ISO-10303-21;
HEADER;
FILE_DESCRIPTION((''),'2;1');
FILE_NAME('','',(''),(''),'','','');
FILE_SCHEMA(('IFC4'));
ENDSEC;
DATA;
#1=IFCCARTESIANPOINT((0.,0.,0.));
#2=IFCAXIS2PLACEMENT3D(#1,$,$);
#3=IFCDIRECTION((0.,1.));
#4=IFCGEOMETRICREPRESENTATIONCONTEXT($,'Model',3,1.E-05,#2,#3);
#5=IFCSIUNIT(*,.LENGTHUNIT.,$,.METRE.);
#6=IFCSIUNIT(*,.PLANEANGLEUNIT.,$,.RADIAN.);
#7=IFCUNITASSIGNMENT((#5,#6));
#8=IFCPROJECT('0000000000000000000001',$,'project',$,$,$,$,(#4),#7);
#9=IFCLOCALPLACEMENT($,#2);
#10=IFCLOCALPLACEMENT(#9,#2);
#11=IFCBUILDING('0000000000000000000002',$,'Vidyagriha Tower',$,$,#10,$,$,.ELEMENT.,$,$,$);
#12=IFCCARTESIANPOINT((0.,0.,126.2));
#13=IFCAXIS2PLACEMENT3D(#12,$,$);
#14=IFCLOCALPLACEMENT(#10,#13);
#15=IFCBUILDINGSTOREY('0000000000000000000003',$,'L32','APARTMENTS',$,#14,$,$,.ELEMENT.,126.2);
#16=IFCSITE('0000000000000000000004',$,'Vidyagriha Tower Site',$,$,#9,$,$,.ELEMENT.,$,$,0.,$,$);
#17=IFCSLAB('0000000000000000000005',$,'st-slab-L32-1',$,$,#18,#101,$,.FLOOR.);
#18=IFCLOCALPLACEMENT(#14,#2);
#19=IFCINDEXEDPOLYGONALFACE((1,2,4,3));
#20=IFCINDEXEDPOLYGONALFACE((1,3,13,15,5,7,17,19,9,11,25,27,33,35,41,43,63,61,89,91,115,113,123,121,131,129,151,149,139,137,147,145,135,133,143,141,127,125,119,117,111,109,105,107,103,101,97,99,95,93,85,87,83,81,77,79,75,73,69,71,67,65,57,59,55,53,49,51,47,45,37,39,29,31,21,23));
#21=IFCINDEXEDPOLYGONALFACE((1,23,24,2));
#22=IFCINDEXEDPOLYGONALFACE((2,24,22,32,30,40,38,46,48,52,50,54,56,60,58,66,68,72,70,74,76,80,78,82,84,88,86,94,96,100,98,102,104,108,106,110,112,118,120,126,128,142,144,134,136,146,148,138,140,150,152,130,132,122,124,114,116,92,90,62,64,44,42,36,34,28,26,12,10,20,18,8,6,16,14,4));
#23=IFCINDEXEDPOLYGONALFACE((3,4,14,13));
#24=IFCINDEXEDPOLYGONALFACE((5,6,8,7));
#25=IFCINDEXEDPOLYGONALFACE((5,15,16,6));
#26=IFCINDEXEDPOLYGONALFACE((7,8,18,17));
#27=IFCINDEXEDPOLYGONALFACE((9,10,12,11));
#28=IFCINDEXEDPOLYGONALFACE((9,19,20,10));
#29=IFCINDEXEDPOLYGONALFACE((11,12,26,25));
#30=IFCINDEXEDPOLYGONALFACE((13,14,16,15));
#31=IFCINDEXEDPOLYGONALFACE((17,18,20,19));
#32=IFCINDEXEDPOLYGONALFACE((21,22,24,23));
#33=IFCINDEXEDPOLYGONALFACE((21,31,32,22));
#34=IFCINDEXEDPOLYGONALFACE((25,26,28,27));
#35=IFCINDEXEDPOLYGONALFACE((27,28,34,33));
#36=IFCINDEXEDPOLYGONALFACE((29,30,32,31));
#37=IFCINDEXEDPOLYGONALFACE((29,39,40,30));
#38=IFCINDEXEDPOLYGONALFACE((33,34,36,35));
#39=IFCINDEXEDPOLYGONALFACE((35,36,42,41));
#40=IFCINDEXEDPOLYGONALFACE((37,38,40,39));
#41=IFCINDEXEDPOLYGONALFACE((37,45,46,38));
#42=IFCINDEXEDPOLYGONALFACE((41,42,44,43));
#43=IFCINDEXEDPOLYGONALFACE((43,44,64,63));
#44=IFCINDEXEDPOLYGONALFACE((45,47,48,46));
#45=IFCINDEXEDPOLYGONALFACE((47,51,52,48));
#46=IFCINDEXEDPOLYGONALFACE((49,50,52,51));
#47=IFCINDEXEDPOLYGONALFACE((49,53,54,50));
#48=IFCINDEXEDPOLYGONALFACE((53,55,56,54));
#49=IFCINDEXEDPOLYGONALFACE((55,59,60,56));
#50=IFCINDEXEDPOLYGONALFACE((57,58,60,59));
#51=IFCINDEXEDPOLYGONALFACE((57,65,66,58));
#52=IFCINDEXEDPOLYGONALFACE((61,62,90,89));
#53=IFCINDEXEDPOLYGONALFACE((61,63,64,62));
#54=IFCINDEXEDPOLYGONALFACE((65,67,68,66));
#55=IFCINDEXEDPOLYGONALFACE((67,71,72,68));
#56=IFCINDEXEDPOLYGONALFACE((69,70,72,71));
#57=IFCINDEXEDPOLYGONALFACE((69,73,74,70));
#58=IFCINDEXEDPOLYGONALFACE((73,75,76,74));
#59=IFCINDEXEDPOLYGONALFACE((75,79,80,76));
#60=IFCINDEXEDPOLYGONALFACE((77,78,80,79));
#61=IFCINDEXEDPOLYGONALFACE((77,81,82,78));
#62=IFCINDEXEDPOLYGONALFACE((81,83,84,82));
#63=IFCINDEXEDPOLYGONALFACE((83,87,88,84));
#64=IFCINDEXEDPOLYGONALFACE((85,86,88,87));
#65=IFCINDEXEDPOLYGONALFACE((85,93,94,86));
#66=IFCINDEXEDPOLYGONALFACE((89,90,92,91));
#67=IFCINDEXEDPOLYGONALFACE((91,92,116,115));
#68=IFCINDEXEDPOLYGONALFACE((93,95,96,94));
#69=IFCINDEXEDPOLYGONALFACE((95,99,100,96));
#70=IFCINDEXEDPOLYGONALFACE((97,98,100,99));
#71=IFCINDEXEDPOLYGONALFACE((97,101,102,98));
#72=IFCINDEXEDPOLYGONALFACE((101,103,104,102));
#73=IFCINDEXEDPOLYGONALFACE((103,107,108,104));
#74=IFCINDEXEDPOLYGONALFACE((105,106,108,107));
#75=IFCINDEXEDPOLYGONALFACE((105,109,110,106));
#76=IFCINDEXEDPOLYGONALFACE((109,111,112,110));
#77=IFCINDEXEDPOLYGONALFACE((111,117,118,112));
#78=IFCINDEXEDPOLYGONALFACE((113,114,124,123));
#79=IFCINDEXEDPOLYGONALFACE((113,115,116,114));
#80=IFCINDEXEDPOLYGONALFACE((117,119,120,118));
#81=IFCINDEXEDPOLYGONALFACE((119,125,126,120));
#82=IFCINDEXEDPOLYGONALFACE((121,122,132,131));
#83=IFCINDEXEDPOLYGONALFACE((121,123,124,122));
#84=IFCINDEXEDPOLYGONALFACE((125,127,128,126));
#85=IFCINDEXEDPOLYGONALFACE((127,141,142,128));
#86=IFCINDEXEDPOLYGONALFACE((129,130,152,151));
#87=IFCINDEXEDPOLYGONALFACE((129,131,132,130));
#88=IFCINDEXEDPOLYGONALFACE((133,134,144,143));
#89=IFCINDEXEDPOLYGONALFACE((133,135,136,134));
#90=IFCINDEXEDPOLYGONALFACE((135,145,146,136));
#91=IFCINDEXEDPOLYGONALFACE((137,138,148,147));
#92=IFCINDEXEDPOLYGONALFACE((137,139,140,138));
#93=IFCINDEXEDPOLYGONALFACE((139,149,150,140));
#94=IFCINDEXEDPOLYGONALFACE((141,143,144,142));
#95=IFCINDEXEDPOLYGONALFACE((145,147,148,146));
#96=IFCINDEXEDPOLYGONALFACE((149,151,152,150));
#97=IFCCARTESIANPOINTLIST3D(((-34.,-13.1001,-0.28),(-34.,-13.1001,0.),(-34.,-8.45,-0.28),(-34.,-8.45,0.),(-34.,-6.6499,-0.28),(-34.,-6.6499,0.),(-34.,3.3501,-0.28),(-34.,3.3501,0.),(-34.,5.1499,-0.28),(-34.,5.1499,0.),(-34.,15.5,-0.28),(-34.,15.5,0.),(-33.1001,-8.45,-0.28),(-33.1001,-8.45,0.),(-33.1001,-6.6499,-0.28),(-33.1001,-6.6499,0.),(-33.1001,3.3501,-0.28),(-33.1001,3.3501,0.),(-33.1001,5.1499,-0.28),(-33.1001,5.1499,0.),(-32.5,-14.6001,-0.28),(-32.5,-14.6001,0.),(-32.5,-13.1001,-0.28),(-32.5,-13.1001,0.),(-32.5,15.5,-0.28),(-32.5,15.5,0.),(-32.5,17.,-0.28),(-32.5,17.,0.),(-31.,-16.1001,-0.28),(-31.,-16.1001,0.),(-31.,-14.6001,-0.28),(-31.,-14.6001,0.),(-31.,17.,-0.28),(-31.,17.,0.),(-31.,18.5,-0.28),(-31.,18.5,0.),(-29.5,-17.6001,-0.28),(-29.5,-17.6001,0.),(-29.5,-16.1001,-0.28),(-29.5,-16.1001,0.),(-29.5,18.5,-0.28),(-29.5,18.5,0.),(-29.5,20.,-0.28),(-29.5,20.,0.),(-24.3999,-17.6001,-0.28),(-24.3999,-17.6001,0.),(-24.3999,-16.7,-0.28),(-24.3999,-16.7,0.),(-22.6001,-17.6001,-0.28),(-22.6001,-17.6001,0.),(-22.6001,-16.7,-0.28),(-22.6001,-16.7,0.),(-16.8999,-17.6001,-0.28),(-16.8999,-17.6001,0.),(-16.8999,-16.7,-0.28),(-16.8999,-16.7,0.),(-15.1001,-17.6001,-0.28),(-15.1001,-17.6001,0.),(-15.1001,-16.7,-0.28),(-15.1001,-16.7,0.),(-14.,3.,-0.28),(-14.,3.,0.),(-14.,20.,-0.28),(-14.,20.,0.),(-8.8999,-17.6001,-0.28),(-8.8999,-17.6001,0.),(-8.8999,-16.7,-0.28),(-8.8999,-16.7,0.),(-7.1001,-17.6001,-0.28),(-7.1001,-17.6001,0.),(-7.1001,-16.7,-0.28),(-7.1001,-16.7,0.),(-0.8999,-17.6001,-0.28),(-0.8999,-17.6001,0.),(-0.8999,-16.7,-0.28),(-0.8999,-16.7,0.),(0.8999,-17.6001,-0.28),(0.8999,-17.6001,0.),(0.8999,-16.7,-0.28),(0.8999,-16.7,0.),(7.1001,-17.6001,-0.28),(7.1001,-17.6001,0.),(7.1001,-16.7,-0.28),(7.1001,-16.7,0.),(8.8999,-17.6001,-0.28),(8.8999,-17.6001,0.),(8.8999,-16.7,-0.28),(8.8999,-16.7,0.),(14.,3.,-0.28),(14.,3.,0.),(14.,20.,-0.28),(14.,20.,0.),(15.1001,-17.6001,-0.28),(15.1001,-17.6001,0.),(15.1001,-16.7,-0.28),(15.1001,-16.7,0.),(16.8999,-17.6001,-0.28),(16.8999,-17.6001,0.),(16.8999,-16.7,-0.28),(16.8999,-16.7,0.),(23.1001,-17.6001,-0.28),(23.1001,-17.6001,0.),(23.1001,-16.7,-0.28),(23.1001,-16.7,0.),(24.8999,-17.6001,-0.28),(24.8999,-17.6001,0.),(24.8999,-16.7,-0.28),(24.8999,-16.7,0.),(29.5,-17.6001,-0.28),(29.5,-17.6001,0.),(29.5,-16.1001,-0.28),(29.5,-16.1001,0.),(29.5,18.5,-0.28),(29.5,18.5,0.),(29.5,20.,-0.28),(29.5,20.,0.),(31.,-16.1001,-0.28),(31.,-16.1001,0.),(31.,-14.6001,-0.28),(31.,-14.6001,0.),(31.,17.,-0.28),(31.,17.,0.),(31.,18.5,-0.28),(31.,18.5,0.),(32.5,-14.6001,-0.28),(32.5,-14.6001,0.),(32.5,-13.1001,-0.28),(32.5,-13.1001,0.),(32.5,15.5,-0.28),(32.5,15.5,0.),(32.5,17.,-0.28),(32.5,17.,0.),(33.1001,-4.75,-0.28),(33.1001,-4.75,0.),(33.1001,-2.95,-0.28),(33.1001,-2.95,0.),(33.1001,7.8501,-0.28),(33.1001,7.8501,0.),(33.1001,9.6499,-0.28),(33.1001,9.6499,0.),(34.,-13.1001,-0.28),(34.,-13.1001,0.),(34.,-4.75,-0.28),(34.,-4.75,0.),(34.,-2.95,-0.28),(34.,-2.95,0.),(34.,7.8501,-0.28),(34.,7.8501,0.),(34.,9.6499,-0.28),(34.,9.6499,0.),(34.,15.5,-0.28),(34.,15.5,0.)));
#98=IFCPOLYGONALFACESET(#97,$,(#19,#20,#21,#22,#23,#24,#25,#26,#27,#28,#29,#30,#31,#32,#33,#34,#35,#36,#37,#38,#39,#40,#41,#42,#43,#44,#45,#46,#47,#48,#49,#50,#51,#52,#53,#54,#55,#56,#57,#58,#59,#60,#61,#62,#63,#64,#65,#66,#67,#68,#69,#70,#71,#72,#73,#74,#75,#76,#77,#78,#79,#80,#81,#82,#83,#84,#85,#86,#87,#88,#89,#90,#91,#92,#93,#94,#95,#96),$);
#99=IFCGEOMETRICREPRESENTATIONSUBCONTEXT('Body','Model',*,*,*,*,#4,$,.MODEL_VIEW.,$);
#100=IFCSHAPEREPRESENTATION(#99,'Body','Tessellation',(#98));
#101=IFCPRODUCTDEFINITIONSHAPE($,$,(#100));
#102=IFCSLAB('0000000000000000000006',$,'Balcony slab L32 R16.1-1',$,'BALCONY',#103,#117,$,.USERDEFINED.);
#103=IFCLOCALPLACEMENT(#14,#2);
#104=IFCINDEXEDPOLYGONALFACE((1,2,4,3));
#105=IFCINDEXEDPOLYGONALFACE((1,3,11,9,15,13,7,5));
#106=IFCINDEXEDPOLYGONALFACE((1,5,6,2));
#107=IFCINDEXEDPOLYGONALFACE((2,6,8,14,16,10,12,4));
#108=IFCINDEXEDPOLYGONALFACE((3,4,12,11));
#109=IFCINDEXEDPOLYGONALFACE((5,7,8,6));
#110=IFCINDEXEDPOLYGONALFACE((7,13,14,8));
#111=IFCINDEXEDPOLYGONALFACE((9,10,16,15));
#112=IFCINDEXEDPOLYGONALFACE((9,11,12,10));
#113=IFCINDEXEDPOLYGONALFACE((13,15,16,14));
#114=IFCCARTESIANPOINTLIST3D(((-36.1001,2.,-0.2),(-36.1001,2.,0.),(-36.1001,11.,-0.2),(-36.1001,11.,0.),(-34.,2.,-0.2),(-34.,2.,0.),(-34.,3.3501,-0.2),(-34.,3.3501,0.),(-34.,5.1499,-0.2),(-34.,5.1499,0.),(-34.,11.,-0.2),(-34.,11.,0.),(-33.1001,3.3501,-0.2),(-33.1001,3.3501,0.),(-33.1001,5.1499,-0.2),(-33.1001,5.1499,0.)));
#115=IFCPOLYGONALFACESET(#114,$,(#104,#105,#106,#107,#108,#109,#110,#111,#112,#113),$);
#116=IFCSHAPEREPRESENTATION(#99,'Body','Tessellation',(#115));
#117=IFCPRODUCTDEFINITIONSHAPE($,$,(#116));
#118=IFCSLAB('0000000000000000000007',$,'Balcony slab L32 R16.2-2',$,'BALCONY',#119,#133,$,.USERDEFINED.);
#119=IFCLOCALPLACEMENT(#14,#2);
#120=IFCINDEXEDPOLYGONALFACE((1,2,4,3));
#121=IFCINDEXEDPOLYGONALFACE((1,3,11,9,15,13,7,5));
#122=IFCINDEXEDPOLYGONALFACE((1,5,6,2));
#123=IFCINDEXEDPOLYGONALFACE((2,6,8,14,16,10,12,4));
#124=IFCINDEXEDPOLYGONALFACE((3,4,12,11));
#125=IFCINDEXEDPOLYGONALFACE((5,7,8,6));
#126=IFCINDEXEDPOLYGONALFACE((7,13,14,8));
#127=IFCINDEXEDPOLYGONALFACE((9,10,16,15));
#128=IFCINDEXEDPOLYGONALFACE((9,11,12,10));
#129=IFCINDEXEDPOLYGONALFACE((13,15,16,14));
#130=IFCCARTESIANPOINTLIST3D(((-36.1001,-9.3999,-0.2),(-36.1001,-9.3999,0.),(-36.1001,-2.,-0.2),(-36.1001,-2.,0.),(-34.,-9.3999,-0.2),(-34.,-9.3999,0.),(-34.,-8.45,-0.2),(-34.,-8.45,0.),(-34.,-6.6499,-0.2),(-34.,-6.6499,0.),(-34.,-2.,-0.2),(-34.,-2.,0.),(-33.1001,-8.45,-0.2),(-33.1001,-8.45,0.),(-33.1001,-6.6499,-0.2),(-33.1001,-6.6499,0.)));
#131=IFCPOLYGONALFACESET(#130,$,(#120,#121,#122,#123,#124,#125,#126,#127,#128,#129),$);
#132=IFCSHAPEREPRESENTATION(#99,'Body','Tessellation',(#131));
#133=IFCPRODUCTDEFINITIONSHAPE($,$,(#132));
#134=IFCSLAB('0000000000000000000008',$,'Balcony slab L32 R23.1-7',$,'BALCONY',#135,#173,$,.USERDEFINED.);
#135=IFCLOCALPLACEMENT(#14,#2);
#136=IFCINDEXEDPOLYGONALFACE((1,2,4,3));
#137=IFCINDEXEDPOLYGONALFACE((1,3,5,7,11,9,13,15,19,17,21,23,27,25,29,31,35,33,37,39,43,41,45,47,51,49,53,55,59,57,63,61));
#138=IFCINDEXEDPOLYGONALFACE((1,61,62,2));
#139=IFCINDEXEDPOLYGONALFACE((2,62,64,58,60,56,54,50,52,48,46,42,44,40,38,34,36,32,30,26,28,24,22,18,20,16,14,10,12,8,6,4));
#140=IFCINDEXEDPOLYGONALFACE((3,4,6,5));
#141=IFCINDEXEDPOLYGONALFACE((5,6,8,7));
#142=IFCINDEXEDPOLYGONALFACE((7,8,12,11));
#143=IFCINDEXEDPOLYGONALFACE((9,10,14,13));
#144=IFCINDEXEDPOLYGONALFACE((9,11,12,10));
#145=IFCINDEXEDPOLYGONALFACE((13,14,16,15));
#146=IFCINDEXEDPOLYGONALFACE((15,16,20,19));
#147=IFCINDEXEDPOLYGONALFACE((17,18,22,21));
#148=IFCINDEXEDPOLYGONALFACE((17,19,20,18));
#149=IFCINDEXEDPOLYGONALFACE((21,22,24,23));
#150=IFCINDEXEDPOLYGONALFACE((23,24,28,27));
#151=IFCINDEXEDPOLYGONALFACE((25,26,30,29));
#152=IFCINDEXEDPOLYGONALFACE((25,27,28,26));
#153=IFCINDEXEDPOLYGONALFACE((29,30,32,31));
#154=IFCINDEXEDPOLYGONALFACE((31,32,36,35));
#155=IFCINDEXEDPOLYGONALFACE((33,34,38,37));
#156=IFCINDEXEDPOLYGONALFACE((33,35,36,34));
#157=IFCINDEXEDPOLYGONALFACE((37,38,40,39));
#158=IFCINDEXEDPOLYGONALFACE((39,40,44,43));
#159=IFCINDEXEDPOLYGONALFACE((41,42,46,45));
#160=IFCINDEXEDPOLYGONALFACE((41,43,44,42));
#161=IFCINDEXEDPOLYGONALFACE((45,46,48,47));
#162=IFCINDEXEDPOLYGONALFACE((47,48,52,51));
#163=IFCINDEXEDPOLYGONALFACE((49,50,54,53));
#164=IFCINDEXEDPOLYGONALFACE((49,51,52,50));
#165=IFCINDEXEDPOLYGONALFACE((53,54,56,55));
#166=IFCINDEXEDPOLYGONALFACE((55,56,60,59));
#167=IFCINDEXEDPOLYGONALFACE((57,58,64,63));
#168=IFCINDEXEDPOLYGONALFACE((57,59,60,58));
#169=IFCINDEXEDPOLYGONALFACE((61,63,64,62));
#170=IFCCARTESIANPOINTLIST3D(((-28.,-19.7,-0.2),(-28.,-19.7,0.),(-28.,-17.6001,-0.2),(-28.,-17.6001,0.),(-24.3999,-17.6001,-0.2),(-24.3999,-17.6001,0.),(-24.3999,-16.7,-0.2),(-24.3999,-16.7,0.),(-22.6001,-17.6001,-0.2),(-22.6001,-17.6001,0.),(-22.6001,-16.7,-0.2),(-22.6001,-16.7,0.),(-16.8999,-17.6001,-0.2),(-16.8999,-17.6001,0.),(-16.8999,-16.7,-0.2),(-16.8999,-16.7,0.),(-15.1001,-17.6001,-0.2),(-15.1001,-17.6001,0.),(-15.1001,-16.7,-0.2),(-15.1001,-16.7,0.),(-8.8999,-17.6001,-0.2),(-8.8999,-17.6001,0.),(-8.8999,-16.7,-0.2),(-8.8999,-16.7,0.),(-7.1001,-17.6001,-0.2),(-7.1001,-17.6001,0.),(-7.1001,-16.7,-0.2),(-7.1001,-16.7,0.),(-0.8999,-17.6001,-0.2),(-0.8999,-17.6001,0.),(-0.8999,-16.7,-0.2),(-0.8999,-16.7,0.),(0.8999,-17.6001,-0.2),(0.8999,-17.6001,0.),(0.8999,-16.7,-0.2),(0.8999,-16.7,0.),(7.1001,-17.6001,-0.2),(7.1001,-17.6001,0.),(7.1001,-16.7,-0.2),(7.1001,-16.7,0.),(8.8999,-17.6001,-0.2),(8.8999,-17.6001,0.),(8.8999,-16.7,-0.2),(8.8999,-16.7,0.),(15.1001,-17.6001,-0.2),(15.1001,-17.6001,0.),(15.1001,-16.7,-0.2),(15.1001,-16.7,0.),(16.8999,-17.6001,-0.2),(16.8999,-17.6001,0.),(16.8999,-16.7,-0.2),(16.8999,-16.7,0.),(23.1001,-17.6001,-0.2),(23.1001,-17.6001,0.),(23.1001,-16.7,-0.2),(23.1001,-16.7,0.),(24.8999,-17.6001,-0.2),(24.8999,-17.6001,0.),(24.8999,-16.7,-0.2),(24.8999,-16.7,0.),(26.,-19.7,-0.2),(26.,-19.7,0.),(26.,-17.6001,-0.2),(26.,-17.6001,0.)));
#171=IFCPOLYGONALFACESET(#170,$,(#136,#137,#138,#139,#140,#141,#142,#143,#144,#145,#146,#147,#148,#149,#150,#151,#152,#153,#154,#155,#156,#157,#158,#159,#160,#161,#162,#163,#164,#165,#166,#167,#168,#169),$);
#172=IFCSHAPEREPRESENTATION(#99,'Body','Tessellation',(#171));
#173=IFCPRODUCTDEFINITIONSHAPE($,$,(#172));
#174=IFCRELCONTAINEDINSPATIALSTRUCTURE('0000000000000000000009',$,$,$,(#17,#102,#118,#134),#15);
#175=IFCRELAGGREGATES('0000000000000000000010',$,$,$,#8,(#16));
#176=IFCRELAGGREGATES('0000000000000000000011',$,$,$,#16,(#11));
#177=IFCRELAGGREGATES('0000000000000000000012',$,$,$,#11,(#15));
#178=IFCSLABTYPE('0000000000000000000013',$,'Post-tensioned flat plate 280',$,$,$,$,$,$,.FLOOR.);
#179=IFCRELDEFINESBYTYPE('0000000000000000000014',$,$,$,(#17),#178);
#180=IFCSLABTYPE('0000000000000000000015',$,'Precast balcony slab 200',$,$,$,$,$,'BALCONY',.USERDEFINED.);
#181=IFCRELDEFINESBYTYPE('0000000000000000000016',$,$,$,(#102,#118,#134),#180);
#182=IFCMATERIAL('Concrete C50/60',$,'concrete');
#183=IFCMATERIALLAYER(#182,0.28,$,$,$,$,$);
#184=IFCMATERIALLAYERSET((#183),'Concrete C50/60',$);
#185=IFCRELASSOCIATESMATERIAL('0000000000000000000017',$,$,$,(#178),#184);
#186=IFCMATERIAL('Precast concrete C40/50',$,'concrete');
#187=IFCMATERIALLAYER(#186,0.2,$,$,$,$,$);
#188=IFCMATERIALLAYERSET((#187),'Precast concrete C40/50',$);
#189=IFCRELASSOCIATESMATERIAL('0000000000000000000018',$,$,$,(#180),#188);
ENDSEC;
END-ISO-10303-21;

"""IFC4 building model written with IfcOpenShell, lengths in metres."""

from ifc_helpers import new_model, si_unit, direction, frame, origin, place, context, subcontext, project, spatial, polyline, outline, extrude, material, layer, layer_set, type_object, element, save


model = new_model("IFC4")

# Units and contexts
model_context = context("Model", 3, precision=1e-05, world=origin(), true_north=direction((0.0, 1.0)))
body_context = subcontext(model_context, "Body", "Model", "MODEL_VIEW")
ifc_project = project(units=[si_unit("LENGTHUNIT", "METRE"), si_unit("PLANEANGLEUNIT", "RADIAN")], contexts=[model_context])

# Site, building, storey
site_placement = place(None, origin())
site = spatial("IfcSite", under=ifc_project, at=site_placement, Name="Vidyagriha Tower Site", CompositionType="ELEMENT", RefElevation=0.0)
building_placement = place(site_placement, origin())
building = spatial("IfcBuilding", under=site, at=building_placement, Name="Vidyagriha Tower", CompositionType="ELEMENT")
storey_placement = place(building_placement, frame((0.0, 0.0, 126.2)))
storey = spatial("IfcBuildingStorey", under=building, at=storey_placement, Name="L32", Description="APARTMENTS", CompositionType="ELEMENT", Elevation=126.2)

# Slabs
ifc_material_1 = material(Name="Concrete C50/60", Category="concrete")
ifc_layer_1 = layer(ifc_material_1, 0.28)
ifc_layer_set_1 = layer_set([ifc_layer_1], Name="Concrete C50/60")
slab_type_1 = type_object("IfcSlabType", Name="Post-tensioned flat plate 280", PredefinedType="FLOOR", material=ifc_layer_set_1)
slab_1_placement = place(storey_placement, frame((0.0, 0.0, -0.28)))
element("IfcSlab", 1, at=slab_1_placement, inside=storey, type_object=slab_type_1, Name="st-slab-L32-1", PredefinedType="FLOOR", context=body_context, shape_type="SweptSolid", body=[
    extrude(outline(polyline([(32.5, -14.6001), (31.0, -14.6001), (31.0, -16.1001), (29.5, -16.1001), (29.5, -17.6001), (24.8999, -17.6001), (24.8999, -16.7), (23.1001, -16.7), (23.1001, -17.6001), (16.8999, -17.6001), (16.8999, -16.7), (15.1001, -16.7), (15.1001, -17.6001), (8.8999, -17.6001), (8.8999, -16.7), (7.1001, -16.7), (7.1001, -17.6001), (0.8999, -17.6001), (0.8999, -16.7), (-0.8999, -16.7), (-0.8999, -17.6001), (-7.1001, -17.6001), (-7.1001, -16.7), (-8.8999, -16.7), (-8.8999, -17.6001), (-15.1001, -17.6001), (-15.1001, -16.7), (-16.8999, -16.7), (-16.8999, -17.6001), (-22.6001, -17.6001), (-22.6001, -16.7), (-24.3999, -16.7), (-24.3999, -17.6001), (-29.5, -17.6001), (-29.5, -16.1001), (-31.0, -16.1001), (-31.0, -14.6001), (-32.5, -14.6001), (-32.5, -13.1001), (-34.0, -13.1001), (-34.0, -8.45), (-33.1001, -8.45), (-33.1001, -6.6499), (-34.0, -6.6499), (-34.0, 3.3501), (-33.1001, 3.3501), (-33.1001, 5.1499), (-34.0, 5.1499), (-34.0, 15.5), (-32.5, 15.5), (-32.5, 17.0), (-31.0, 17.0), (-31.0, 18.5), (-29.5, 18.5), (-29.5, 20.0), (-14.0, 20.0), (-14.0, 3.0), (14.0, 3.0), (14.0, 20.0), (29.5, 20.0), (29.5, 18.5), (31.0, 18.5), (31.0, 17.0), (32.5, 17.0), (32.5, 15.5), (34.0, 15.5), (34.0, 9.6499), (33.1001, 9.6499), (33.1001, 7.8501), (34.0, 7.8501), (34.0, -2.95), (33.1001, -2.95), (33.1001, -4.75), (34.0, -4.75), (34.0, -13.1001), (32.5, -13.1001), (32.5, -14.6001)])), origin(), (0.0, 0.0, 1.0), 0.28),
])
ifc_material_2 = material(Name="Precast concrete C40/50", Category="concrete")
ifc_layer_2 = layer(ifc_material_2, 0.2)
ifc_layer_set_2 = layer_set([ifc_layer_2], Name="Precast concrete C40/50")
slab_type_2 = type_object("IfcSlabType", Name="Precast balcony slab 200", ElementType="BALCONY", PredefinedType="USERDEFINED", material=ifc_layer_set_2)
slab_2_placement = place(storey_placement, frame((0.0, 0.0, -0.2)))
element("IfcSlab", 2, at=slab_2_placement, inside=storey, type_object=slab_type_2, Name="Balcony slab L32 R16.1-1", ObjectType="BALCONY", PredefinedType="USERDEFINED", context=body_context, shape_type="SweptSolid", body=[
    extrude(outline(polyline([(-33.1001, 3.3501), (-33.1001, 5.1499), (-34.0, 5.1499), (-34.0, 11.0), (-36.1001, 11.0), (-36.1001, 2.0), (-34.0, 2.0), (-34.0, 3.3501), (-33.1001, 3.3501)])), origin(), (0.0, 0.0, 1.0), 0.2),
])
slab_3_placement = place(storey_placement, frame((0.0, 0.0, -0.2)))
element("IfcSlab", 3, at=slab_3_placement, inside=storey, type_object=slab_type_2, Name="Balcony slab L32 R16.2-2", ObjectType="BALCONY", PredefinedType="USERDEFINED", context=body_context, shape_type="SweptSolid", body=[
    extrude(outline(polyline([(-33.1001, -8.45), (-33.1001, -6.6499), (-34.0, -6.6499), (-34.0, -2.0), (-36.1001, -2.0), (-36.1001, -9.3999), (-34.0, -9.3999), (-34.0, -8.45), (-33.1001, -8.45)])), origin(), (0.0, 0.0, 1.0), 0.2),
])
slab_4_placement = place(storey_placement, frame((0.0, 0.0, -0.2)))
element("IfcSlab", 4, at=slab_4_placement, inside=storey, type_object=slab_type_2, Name="Balcony slab L32 R23.1-7", ObjectType="BALCONY", PredefinedType="USERDEFINED", context=body_context, shape_type="SweptSolid", body=[
    extrude(outline(polyline([(-22.6001, -16.7), (-24.3999, -16.7), (-24.3999, -17.6001), (-28.0, -17.6001), (-28.0, -19.7), (26.0, -19.7), (26.0, -17.6001), (24.8999, -17.6001), (24.8999, -16.7), (23.1001, -16.7), (23.1001, -17.6001), (16.8999, -17.6001), (16.8999, -16.7), (15.1001, -16.7), (15.1001, -17.6001), (8.8999, -17.6001), (8.8999, -16.7), (7.1001, -16.7), (7.1001, -17.6001), (0.8999, -17.6001), (0.8999, -16.7), (-0.8999, -16.7), (-0.8999, -17.6001), (-7.1001, -17.6001), (-7.1001, -16.7), (-8.8999, -16.7), (-8.8999, -17.6001), (-15.1001, -17.6001), (-15.1001, -16.7), (-16.8999, -16.7), (-16.8999, -17.6001), (-22.6001, -17.6001), (-22.6001, -16.7)])), origin(), (0.0, 0.0, 1.0), 0.2),
])

save(model, "model.ifc")
